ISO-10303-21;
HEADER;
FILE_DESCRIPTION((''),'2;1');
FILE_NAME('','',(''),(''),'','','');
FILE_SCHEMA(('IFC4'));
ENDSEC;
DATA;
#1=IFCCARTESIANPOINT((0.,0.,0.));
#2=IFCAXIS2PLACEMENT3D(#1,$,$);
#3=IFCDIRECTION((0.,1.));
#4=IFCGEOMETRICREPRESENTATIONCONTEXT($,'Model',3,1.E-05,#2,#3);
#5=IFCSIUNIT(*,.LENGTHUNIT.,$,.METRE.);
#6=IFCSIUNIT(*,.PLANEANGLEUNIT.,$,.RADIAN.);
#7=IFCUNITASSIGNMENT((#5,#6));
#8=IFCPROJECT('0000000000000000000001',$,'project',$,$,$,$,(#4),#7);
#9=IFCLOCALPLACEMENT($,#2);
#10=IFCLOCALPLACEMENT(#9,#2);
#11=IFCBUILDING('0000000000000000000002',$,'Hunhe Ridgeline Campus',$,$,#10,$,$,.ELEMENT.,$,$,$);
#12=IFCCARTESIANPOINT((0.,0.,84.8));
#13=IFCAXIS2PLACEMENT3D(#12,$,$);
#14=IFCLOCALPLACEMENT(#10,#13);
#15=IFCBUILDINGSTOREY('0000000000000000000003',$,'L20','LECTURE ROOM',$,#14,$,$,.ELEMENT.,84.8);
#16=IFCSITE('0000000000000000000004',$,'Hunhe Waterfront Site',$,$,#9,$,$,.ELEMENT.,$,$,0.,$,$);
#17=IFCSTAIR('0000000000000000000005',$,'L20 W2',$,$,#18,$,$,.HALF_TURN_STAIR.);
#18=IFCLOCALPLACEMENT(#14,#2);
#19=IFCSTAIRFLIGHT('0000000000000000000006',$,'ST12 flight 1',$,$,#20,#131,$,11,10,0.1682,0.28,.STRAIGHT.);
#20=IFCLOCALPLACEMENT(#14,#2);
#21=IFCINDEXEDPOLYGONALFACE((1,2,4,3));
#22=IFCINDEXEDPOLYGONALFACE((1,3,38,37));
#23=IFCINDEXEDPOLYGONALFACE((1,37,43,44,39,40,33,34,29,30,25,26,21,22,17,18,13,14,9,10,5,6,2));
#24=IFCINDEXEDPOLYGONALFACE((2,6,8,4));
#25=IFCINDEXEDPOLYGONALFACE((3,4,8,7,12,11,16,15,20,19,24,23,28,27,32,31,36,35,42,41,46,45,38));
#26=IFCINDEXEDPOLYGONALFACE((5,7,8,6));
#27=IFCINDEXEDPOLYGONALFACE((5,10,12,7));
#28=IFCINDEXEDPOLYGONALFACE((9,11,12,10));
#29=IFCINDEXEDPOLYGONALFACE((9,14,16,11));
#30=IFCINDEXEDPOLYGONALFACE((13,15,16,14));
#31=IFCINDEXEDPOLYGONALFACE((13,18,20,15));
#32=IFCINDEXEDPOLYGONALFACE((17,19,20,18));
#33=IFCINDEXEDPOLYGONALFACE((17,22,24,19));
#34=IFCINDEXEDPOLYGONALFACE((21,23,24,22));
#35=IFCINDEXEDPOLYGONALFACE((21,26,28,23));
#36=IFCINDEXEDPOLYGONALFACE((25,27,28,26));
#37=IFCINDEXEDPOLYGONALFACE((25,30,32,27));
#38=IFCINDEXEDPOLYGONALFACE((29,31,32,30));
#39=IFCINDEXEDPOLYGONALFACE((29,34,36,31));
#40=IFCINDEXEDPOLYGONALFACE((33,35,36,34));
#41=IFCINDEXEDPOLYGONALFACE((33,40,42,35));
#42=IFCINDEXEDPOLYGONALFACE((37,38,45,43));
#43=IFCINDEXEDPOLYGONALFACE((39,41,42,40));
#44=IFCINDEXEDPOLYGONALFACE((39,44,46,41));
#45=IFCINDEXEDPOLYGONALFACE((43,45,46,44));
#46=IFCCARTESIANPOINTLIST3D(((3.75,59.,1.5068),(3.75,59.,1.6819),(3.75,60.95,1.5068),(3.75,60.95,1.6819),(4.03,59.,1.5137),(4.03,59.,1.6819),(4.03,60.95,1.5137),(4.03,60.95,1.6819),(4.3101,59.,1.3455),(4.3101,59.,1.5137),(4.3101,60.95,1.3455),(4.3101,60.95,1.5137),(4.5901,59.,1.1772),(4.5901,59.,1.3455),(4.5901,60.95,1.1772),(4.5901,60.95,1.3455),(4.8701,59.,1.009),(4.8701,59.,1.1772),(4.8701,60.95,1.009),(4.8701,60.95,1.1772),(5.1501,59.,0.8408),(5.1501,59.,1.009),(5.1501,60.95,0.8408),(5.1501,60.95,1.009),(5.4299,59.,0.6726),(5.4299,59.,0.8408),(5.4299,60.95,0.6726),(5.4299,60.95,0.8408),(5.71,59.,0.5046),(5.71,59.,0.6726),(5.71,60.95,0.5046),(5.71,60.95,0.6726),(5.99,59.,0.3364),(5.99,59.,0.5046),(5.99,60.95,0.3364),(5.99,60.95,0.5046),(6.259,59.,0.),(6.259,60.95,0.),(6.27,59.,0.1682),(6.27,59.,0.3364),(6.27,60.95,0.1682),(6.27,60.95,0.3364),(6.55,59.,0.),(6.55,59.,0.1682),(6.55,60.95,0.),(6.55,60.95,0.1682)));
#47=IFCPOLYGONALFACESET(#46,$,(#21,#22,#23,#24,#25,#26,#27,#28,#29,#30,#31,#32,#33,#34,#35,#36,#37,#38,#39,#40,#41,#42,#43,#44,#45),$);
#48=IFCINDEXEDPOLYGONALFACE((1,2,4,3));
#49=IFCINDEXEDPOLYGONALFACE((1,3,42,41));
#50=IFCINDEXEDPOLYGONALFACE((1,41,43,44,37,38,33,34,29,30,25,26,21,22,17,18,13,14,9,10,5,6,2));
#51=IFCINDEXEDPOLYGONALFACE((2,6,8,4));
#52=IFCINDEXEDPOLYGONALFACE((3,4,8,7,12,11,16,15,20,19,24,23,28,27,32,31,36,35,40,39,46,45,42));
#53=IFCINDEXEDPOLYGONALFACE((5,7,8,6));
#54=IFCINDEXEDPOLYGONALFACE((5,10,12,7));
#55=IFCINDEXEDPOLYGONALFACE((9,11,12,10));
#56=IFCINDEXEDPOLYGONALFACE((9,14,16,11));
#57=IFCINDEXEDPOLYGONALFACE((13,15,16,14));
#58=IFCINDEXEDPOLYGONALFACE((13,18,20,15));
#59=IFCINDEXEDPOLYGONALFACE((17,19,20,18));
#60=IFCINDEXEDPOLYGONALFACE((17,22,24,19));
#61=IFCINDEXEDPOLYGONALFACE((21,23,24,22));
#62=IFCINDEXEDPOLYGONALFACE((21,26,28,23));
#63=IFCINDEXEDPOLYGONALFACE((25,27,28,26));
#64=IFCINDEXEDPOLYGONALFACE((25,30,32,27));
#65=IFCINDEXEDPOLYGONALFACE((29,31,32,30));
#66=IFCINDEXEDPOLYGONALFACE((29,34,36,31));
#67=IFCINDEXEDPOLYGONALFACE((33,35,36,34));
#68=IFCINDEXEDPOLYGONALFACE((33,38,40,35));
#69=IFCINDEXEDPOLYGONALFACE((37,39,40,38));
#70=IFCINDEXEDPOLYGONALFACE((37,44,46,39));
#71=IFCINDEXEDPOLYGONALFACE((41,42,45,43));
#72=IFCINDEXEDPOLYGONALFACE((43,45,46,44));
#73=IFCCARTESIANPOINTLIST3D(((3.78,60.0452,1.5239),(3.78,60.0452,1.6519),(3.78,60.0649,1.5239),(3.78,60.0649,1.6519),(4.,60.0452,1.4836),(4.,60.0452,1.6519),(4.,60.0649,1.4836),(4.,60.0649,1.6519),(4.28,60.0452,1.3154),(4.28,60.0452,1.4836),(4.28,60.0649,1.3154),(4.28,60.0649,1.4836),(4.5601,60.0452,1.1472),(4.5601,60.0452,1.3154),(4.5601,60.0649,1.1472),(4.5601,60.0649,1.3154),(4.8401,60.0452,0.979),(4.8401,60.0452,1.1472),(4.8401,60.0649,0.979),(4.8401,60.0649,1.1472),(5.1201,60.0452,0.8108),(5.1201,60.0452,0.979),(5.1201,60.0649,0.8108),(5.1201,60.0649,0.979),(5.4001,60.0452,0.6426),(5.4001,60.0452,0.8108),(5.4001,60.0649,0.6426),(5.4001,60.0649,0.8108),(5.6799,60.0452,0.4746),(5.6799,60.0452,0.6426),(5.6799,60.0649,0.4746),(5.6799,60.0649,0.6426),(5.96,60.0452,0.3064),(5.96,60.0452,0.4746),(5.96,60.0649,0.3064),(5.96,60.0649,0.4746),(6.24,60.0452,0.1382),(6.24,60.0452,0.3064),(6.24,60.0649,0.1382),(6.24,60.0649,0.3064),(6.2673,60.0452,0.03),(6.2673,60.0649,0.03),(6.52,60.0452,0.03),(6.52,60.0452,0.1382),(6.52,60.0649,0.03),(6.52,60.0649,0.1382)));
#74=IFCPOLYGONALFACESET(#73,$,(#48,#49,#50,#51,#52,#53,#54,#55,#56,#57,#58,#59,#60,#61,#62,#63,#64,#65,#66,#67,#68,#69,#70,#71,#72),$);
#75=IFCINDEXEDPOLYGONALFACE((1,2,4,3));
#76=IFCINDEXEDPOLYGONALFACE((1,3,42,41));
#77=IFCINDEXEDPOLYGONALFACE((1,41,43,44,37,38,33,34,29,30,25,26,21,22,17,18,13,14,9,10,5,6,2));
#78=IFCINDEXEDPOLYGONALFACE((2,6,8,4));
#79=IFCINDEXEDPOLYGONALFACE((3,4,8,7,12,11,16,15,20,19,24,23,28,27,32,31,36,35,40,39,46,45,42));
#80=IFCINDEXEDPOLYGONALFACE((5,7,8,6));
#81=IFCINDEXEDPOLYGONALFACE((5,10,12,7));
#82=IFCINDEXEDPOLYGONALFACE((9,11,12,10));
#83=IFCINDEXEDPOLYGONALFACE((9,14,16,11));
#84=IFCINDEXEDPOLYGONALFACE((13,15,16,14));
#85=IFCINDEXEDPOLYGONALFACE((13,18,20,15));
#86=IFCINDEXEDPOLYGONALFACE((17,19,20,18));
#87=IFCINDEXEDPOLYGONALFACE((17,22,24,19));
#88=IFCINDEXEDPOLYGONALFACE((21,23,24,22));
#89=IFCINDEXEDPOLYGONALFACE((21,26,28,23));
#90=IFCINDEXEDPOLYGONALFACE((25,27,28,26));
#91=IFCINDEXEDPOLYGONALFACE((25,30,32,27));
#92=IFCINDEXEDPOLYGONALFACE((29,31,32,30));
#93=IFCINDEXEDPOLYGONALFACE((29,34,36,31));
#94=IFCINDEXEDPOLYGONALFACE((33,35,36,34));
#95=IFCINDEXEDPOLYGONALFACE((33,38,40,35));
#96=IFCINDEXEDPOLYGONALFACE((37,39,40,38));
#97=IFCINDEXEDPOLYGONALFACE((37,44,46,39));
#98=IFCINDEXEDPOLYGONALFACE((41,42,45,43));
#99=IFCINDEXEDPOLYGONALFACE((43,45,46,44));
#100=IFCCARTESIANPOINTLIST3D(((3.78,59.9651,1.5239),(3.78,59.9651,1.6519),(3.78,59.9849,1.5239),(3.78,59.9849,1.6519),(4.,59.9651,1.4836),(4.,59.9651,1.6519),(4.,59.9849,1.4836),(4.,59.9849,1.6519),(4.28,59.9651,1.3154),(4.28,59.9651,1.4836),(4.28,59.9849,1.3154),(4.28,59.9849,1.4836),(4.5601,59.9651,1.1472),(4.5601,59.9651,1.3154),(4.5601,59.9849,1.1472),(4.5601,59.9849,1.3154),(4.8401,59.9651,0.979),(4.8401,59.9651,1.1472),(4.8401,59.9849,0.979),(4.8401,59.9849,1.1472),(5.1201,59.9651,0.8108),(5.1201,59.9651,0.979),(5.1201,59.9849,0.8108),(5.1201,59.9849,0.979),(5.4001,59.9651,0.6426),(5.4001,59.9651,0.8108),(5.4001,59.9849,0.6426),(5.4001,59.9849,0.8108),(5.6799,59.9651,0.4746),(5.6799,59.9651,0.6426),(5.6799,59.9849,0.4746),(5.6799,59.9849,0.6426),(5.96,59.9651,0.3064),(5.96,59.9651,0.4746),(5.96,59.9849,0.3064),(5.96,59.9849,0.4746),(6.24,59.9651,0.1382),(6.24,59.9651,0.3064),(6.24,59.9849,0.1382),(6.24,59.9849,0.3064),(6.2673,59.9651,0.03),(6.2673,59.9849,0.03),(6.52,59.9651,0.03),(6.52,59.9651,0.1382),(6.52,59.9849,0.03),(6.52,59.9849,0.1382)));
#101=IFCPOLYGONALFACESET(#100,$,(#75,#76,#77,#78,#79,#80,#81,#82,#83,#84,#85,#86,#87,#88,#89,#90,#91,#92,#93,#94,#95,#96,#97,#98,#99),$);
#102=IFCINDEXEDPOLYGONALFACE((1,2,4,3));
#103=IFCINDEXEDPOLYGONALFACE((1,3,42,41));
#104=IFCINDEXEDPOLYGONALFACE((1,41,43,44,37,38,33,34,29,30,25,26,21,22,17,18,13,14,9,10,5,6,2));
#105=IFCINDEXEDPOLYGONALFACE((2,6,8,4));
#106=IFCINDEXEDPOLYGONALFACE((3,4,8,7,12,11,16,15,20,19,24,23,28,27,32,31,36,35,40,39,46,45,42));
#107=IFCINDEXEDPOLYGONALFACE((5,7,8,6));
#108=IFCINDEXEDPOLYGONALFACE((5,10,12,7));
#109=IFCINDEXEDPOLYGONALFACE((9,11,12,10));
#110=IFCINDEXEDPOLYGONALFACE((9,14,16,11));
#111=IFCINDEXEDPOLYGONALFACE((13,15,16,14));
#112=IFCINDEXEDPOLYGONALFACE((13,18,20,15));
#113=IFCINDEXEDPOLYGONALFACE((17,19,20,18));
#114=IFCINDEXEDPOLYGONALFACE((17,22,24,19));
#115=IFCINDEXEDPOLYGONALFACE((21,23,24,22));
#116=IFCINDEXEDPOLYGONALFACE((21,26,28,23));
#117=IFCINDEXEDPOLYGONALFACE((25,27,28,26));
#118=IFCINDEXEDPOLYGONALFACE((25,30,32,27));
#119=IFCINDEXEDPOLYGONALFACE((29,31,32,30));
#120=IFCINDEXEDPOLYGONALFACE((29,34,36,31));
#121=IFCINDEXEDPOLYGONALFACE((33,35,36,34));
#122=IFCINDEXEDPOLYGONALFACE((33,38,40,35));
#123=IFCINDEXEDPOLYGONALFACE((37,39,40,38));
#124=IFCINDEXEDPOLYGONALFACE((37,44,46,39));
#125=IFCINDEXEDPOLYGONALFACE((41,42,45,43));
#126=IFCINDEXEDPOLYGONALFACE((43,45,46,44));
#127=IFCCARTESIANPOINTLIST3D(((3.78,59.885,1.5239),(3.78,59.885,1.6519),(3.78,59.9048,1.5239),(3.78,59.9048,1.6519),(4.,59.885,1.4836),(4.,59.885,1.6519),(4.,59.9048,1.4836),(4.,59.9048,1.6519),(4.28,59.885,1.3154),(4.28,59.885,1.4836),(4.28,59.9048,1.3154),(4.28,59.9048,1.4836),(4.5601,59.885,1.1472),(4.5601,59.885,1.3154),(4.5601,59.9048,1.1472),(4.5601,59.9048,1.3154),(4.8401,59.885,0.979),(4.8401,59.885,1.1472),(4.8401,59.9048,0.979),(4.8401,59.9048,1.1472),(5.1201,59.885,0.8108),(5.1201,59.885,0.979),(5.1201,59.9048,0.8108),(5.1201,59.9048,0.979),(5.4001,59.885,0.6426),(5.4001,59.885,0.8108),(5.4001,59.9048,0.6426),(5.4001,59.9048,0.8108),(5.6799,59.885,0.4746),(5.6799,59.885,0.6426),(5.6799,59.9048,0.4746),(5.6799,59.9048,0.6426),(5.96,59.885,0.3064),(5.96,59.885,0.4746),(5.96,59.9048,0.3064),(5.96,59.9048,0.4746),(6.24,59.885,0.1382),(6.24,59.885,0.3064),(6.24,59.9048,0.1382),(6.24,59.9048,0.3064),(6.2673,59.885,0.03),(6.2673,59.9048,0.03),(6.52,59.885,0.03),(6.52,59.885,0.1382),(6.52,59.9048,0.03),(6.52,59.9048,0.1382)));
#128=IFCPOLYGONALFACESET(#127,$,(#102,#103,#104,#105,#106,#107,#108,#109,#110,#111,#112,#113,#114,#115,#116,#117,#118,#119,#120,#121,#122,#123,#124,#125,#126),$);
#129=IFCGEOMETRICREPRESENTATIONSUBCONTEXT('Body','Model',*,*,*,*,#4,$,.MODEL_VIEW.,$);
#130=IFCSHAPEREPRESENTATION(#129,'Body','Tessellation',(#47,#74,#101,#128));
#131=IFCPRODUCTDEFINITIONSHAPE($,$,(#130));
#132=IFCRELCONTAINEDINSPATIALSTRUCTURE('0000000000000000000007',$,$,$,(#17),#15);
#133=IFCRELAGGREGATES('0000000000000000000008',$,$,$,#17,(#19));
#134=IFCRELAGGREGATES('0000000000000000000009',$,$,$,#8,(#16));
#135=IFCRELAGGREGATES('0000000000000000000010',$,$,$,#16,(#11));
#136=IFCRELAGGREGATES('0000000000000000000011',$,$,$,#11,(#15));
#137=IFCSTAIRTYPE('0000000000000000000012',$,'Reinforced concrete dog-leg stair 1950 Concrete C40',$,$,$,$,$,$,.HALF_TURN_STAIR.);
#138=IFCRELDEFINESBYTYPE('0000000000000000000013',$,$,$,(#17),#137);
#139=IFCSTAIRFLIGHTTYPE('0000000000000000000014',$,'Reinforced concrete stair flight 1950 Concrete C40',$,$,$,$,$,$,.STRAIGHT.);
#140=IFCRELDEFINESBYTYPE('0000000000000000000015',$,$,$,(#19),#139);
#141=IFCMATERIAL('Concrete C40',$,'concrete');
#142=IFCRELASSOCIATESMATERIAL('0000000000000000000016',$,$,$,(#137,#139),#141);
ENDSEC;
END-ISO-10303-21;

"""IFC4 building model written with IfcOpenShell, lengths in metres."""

from ifc_helpers import new_model, si_unit, direction, frame, origin, place, context, subcontext, project, spatial, polyline, outline, extrude, material, type_object, element, aggregate, save


model = new_model("IFC4")

# Units and contexts
model_context = context("Model", 3, precision=1e-05, world=origin(), true_north=direction((0.0, 1.0)))
body_context = subcontext(model_context, "Body", "Model", "MODEL_VIEW")
ifc_project = project(units=[si_unit("LENGTHUNIT", "METRE"), si_unit("PLANEANGLEUNIT", "RADIAN")], contexts=[model_context])

# Site, building, storey
site_placement = place(None, origin())
site = spatial("IfcSite", under=ifc_project, at=site_placement, Name="Hunhe Waterfront Site", CompositionType="ELEMENT", RefElevation=0.0)
building_placement = place(site_placement, origin())
building = spatial("IfcBuilding", under=site, at=building_placement, Name="Hunhe Ridgeline Campus", CompositionType="ELEMENT")
storey_placement = place(building_placement, frame((0.0, 0.0, 84.8)))
storey = spatial("IfcBuildingStorey", under=building, at=storey_placement, Name="L20", Description="LECTURE ROOM", CompositionType="ELEMENT", Elevation=84.8)

# Stair, stair flight
ifc_material_1 = material(Name="Concrete C40", Category="concrete")
stair_type = type_object("IfcStairType", Name="Reinforced concrete dog-leg stair 1950 Concrete C40", PredefinedType="HALF_TURN_STAIR", material=ifc_material_1)
stair_placement = place(storey_placement, origin())
stair = element("IfcStair", 1, at=stair_placement, inside=storey, type_object=stair_type, Name="L20 W2", PredefinedType="HALF_TURN_STAIR")
stair_flight_type = type_object("IfcStairFlightType", Name="Reinforced concrete stair flight 1950 Concrete C40", PredefinedType="STRAIGHT", material=ifc_material_1)
stair_flight_1_placement = place(storey_placement, frame((6.55, 59.9751, 0.0), z_axis=(0.0, 0.0, 1.0), x_axis=(-1.0, 0.0, 0.0)))
stair_flight_1 = element("IfcStairFlight", 2, at=stair_flight_1_placement, type_object=stair_flight_type, Name="ST12 flight 1", NumberOfRisers=11, NumberOfTreads=10, PredefinedType="STRAIGHT", RiserHeight=0.1682, TreadLength=0.28, context=body_context, shape_type="SweptSolid", body=[
    extrude(outline(polyline([(0.0, 0.0), (0.0, 0.1682), (0.28, 0.1682), (0.28, 0.3364), (0.5601, 0.3364), (0.5601, 0.5046), (0.8401, 0.5046), (0.8401, 0.6726), (1.1201, 0.6726), (1.1201, 0.8408), (1.3999, 0.8408), (1.3999, 1.009), (1.6799, 1.009), (1.6799, 1.1772), (1.96, 1.1772), (1.96, 1.3455), (2.24, 1.3455), (2.24, 1.5137), (2.52, 1.5137), (2.52, 1.6819), (2.8, 1.6819), (2.8, 1.8501), (2.8, 1.5068), (0.291, 0.0), (0.0, 0.0)])), frame((0.0, 0.9751, 0.0), z_axis=(0.0, -1.0, 0.0), x_axis=(1.0, 0.0, 0.0)), (0.0, 0.0, 1.0), 1.95),
    extrude(outline(polyline([(0.03, 0.03), (0.03, 0.1382), (0.3101, 0.1382), (0.3101, 0.3064), (0.5901, 0.3064), (0.5901, 0.4746), (0.8701, 0.4746), (0.8701, 0.6426), (1.1499, 0.6426), (1.1499, 0.8108), (1.4299, 0.8108), (1.4299, 0.979), (1.71, 0.979), (1.71, 1.1472), (1.99, 1.1472), (1.99, 1.3154), (2.27, 1.3154), (2.27, 1.4836), (2.55, 1.4836), (2.55, 1.6519), (2.77, 1.6519), (2.77, 1.5239), (0.2827, 0.03), (0.03, 0.03)])), frame((0.0, -0.0701, 0.0), z_axis=(0.0, -1.0, 0.0), x_axis=(1.0, 0.0, 0.0)), (0.0, 0.0, 1.0), 0.0198),
    extrude(outline(polyline([(0.03, 0.03), (0.03, 0.1382), (0.3101, 0.1382), (0.3101, 0.3064), (0.5901, 0.3064), (0.5901, 0.4746), (0.8701, 0.4746), (0.8701, 0.6426), (1.1499, 0.6426), (1.1499, 0.8108), (1.4299, 0.8108), (1.4299, 0.979), (1.71, 0.979), (1.71, 1.1472), (1.99, 1.1472), (1.99, 1.3154), (2.27, 1.3154), (2.27, 1.4836), (2.55, 1.4836), (2.55, 1.6519), (2.77, 1.6519), (2.77, 1.5239), (0.2827, 0.03), (0.03, 0.03)])), frame((0.0, 0.01, 0.0), z_axis=(0.0, -1.0, 0.0), x_axis=(1.0, 0.0, 0.0)), (0.0, 0.0, 1.0), 0.0198),
    extrude(outline(polyline([(0.03, 0.03), (0.03, 0.1382), (0.3101, 0.1382), (0.3101, 0.3064), (0.5901, 0.3064), (0.5901, 0.4746), (0.8701, 0.4746), (0.8701, 0.6426), (1.1499, 0.6426), (1.1499, 0.8108), (1.4299, 0.8108), (1.4299, 0.979), (1.71, 0.979), (1.71, 1.1472), (1.99, 1.1472), (1.99, 1.3154), (2.27, 1.3154), (2.27, 1.4836), (2.55, 1.4836), (2.55, 1.6519), (2.77, 1.6519), (2.77, 1.5239), (0.2827, 0.03), (0.03, 0.03)])), frame((0.0, 0.0901, 0.0), z_axis=(0.0, -1.0, 0.0), x_axis=(1.0, 0.0, 0.0)), (0.0, 0.0, 1.0), 0.0198),
])
aggregate(stair, [stair_flight_1])

save(model, "model.ifc")
